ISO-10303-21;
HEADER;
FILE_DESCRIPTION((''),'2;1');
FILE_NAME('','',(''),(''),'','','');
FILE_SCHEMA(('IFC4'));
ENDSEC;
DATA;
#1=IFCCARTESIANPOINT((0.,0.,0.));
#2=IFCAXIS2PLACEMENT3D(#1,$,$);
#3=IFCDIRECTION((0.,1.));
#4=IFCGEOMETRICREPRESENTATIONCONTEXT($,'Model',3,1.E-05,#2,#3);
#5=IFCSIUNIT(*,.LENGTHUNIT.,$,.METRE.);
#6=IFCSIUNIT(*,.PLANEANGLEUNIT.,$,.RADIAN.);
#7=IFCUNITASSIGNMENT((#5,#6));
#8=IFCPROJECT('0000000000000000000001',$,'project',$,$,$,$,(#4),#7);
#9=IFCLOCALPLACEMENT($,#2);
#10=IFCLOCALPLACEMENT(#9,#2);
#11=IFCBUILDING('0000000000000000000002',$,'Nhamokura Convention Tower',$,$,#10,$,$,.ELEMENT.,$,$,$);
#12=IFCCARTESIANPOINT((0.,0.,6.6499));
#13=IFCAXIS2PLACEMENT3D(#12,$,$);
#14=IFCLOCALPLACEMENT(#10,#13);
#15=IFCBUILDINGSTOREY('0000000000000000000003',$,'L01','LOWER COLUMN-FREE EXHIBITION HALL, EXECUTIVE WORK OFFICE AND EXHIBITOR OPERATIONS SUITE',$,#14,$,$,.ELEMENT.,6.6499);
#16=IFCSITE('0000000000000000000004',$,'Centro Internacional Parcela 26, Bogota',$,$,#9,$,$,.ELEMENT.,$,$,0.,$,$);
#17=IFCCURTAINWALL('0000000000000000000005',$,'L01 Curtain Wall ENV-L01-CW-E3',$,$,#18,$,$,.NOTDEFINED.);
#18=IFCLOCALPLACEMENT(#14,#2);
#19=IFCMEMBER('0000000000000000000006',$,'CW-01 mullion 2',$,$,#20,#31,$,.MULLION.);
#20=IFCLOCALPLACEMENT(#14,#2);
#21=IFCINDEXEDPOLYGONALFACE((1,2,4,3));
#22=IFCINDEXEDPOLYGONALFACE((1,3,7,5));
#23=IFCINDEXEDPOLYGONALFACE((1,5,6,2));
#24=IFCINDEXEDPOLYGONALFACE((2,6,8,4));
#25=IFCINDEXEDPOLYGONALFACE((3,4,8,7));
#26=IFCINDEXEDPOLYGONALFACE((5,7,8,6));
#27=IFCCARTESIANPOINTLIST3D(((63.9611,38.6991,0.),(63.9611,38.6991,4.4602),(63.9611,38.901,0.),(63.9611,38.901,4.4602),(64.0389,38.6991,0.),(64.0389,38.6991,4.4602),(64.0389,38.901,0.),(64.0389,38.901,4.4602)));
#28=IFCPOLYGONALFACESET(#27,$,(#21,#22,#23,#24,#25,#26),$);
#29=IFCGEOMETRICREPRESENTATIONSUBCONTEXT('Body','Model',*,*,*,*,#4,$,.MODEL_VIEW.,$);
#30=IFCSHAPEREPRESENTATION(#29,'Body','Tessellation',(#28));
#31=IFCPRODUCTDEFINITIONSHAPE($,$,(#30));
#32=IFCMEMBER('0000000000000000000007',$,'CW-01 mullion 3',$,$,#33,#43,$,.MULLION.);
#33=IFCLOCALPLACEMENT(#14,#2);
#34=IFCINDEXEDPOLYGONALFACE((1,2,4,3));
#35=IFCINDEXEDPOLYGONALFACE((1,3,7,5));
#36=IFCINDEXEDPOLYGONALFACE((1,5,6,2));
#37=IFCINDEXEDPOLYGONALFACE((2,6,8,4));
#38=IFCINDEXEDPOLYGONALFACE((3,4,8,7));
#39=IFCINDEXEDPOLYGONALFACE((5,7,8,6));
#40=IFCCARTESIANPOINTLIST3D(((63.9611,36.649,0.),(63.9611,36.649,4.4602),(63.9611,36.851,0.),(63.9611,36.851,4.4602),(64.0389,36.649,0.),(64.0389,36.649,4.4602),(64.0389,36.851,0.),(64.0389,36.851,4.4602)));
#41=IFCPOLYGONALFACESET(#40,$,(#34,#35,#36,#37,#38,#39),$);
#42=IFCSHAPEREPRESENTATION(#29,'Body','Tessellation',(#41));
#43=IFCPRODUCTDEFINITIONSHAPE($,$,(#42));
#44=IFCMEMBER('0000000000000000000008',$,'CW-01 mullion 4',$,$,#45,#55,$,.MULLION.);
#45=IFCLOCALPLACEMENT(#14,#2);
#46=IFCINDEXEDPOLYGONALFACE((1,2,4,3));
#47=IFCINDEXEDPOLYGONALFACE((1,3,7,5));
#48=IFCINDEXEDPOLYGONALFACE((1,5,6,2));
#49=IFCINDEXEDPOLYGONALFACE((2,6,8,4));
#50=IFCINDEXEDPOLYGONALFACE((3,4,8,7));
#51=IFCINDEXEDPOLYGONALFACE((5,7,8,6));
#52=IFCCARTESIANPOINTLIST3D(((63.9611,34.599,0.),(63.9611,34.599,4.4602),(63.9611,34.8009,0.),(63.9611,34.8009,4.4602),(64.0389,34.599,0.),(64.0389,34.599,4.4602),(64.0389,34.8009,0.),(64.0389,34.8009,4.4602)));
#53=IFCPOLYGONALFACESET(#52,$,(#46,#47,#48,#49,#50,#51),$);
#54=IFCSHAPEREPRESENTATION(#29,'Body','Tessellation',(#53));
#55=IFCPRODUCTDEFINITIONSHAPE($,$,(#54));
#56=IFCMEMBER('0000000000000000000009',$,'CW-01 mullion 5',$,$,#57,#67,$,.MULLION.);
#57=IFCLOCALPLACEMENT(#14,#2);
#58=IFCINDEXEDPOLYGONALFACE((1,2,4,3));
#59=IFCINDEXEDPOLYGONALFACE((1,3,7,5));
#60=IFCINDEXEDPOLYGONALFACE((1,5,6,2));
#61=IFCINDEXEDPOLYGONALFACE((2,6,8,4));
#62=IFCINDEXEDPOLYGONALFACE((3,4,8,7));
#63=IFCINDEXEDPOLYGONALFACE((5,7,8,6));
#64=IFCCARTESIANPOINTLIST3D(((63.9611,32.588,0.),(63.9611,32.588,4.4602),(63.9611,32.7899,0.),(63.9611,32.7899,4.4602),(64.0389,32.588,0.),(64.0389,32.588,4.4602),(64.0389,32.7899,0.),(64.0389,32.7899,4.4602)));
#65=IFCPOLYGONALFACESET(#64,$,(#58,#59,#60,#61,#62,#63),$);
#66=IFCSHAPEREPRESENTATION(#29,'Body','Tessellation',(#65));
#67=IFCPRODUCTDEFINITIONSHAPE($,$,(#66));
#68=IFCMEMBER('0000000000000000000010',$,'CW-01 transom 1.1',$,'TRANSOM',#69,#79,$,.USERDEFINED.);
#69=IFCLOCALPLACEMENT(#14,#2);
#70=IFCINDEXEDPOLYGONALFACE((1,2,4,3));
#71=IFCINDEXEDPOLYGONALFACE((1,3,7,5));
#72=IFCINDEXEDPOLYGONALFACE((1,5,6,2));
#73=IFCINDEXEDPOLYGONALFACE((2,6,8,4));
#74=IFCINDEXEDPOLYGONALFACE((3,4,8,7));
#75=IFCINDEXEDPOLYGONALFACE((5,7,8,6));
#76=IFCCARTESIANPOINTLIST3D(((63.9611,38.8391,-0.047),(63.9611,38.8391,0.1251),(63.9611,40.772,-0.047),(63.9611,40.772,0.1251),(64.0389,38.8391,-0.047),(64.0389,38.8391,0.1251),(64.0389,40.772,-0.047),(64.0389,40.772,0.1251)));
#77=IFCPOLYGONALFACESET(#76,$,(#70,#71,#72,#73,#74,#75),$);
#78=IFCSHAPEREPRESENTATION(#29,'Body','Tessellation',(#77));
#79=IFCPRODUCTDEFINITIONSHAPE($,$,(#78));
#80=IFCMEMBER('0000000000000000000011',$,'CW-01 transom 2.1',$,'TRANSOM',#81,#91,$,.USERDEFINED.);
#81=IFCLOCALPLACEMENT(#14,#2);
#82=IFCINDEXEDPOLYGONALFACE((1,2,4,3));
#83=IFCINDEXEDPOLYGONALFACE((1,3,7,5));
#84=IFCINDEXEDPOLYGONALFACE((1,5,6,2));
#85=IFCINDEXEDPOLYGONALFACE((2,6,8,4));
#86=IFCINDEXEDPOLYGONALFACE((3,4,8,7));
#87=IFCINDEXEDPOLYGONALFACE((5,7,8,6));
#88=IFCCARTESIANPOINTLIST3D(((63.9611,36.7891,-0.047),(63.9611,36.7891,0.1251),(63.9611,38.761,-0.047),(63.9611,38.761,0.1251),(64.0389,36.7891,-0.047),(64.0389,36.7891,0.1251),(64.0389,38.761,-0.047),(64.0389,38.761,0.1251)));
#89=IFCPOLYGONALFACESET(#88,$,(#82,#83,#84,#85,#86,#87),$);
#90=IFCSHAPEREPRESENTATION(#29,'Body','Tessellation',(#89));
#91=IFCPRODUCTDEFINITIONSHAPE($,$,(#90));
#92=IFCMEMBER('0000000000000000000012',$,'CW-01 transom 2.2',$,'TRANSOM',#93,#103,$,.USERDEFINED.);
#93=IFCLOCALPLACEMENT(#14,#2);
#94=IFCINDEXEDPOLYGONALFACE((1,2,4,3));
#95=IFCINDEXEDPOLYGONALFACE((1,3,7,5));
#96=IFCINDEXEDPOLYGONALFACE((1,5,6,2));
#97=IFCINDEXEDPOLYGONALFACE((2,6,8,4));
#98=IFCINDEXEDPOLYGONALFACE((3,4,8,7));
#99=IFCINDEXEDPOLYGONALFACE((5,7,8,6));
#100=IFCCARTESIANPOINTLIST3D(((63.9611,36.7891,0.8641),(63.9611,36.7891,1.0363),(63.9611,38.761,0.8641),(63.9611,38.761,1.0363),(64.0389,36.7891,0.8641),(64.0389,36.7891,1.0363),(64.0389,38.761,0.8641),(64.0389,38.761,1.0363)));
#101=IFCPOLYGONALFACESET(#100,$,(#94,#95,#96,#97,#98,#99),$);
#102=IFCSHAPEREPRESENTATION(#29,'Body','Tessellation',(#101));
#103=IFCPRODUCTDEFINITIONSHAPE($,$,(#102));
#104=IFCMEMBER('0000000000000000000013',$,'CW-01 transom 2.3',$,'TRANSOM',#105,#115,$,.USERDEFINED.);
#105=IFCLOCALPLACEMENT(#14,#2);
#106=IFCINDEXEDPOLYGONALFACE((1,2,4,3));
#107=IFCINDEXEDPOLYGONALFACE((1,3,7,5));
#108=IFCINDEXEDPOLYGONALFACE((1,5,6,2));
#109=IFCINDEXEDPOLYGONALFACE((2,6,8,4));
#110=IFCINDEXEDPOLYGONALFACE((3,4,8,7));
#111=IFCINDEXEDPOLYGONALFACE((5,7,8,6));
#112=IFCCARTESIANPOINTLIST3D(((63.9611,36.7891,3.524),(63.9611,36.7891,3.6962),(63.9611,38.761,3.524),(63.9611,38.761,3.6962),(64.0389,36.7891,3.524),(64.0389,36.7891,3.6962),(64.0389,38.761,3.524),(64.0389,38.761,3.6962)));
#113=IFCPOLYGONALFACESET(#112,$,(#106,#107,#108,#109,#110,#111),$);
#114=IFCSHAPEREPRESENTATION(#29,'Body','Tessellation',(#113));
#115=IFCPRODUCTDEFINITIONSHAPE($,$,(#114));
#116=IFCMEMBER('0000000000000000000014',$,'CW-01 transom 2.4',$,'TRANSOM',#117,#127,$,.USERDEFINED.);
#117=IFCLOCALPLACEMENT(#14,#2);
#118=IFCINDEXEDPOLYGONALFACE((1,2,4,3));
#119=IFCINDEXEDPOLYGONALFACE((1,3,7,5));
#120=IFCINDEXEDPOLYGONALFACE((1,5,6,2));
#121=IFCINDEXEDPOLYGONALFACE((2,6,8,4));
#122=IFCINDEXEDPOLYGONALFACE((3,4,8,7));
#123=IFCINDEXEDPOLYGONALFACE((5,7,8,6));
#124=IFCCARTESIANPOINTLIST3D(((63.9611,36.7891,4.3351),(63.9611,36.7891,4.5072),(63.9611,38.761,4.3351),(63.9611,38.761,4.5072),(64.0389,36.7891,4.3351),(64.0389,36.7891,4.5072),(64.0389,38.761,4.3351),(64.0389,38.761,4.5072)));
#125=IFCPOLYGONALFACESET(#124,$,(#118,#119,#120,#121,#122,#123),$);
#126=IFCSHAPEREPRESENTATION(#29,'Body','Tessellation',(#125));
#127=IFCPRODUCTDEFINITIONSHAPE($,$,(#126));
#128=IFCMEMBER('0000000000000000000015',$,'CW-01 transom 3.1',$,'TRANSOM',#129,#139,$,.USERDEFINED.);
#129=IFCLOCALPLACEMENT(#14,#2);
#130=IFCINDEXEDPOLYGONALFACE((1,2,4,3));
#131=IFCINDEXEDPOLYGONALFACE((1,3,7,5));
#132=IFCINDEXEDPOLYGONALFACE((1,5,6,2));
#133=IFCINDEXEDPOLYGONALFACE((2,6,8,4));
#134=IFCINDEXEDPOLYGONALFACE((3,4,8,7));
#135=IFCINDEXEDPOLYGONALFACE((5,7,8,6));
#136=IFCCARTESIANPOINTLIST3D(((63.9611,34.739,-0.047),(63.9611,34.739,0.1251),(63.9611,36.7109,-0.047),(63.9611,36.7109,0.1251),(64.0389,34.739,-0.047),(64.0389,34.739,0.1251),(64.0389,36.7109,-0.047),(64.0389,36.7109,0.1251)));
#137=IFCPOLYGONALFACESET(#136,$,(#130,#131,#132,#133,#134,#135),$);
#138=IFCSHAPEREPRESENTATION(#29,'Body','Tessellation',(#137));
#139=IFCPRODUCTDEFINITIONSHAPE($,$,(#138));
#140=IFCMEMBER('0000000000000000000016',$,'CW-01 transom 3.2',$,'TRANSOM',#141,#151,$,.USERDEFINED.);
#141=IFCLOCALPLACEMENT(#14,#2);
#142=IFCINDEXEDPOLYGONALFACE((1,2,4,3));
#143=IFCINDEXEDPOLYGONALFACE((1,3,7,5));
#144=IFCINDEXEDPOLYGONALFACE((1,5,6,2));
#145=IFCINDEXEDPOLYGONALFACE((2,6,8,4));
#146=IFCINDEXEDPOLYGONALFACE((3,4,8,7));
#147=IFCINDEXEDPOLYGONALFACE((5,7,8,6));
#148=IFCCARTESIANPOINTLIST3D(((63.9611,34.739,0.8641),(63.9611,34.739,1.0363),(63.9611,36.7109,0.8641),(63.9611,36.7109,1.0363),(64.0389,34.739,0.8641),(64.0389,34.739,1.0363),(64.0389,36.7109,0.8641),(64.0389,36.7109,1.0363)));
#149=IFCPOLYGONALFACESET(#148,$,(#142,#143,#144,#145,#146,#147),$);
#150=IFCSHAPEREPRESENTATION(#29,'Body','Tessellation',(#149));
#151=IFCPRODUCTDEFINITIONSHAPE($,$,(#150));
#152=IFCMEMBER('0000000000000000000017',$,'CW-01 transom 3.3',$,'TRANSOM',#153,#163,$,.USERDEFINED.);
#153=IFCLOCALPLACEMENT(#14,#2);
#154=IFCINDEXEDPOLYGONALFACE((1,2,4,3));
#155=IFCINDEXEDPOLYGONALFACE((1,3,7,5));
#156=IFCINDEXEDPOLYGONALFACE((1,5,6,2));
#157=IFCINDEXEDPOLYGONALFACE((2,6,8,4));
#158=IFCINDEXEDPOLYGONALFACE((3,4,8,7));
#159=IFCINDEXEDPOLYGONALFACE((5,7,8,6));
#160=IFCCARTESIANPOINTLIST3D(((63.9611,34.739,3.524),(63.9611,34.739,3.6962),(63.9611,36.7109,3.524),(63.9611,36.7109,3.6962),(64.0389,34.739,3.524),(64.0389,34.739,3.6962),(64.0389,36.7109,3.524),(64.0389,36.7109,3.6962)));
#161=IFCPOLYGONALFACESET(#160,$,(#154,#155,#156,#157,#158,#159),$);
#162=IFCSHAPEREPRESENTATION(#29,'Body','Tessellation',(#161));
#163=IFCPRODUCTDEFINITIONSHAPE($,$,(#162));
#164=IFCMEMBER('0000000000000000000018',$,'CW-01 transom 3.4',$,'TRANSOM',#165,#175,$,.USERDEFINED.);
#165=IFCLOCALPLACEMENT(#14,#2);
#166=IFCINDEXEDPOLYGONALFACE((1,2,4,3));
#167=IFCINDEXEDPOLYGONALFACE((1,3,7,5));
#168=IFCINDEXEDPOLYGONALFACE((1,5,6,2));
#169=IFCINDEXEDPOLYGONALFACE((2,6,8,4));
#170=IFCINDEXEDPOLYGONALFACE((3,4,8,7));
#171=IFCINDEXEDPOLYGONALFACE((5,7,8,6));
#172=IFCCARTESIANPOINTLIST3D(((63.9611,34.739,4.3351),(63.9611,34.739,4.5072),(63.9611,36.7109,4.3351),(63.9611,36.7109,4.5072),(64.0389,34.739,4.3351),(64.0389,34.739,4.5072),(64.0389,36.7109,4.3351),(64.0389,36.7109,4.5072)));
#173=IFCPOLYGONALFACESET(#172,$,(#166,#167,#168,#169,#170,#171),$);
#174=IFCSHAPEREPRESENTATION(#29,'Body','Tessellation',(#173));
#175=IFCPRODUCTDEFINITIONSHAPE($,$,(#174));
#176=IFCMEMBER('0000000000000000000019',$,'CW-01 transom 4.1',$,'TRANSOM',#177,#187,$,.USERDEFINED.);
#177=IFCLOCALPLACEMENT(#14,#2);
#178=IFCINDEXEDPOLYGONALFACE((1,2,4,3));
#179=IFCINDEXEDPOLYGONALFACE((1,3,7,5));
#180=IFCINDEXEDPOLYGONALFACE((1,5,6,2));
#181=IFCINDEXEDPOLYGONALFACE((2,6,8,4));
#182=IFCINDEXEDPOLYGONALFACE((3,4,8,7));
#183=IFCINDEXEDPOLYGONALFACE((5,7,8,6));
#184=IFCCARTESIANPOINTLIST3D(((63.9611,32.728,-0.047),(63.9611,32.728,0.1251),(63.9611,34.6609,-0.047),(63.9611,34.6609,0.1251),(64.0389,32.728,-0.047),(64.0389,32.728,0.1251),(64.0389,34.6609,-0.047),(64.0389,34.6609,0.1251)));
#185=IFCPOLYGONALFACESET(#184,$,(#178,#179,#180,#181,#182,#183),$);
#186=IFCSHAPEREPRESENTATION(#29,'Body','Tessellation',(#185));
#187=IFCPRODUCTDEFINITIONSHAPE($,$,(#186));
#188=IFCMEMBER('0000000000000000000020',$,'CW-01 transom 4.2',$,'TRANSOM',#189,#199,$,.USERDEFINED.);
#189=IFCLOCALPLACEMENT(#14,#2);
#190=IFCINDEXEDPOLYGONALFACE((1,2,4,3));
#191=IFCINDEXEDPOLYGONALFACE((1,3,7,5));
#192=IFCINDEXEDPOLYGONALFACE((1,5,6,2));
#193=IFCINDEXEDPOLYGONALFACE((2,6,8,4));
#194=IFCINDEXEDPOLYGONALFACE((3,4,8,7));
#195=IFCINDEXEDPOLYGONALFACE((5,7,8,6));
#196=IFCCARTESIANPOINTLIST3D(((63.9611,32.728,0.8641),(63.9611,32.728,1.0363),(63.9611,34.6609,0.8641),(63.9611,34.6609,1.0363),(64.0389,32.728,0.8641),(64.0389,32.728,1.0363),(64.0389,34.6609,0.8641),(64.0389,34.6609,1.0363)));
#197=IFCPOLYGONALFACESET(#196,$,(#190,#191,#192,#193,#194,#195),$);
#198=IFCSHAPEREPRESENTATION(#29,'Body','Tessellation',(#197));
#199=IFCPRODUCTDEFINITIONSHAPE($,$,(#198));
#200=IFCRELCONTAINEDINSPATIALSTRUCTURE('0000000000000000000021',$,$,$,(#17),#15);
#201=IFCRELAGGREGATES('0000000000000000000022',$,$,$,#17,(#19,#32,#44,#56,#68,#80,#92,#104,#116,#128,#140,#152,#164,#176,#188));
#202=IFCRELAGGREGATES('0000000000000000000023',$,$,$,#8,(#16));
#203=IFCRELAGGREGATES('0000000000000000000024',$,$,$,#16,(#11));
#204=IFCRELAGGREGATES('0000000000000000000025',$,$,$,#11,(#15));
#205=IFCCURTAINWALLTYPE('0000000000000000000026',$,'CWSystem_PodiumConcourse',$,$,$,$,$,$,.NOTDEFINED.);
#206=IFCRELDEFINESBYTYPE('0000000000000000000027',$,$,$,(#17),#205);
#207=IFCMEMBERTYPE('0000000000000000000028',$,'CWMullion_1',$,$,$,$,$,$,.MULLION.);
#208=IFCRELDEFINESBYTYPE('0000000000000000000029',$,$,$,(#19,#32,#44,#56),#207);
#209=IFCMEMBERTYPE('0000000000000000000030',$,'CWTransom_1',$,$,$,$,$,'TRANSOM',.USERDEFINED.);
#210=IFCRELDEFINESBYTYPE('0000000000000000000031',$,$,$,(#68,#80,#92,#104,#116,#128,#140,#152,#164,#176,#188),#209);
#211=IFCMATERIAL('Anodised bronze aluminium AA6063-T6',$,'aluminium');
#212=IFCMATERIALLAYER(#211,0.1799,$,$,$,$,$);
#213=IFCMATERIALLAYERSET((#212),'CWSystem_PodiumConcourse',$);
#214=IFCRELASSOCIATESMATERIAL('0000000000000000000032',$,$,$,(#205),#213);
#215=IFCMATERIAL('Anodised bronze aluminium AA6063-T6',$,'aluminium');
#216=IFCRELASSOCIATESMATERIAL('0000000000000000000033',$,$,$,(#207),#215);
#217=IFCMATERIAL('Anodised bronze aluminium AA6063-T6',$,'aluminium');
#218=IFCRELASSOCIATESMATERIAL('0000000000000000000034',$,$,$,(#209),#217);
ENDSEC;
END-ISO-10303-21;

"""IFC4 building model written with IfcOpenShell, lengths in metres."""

from ifc_helpers import new_model, si_unit, direction, frame, origin, origin_2d, place, context, subcontext, project, spatial, rectangle, extrude, material, layer, layer_set, material_profile, profile_set, type_object, element, aggregate, save


model = new_model("IFC4")

# Units and contexts
model_context = context("Model", 3, precision=1e-05, world=origin(), true_north=direction((0.0, 1.0)))
body_context = subcontext(model_context, "Body", "Model", "MODEL_VIEW")
ifc_project = project(units=[si_unit("LENGTHUNIT", "METRE"), si_unit("PLANEANGLEUNIT", "RADIAN")], contexts=[model_context])

# Site, building, storey
site_placement = place(None, origin())
site = spatial("IfcSite", under=ifc_project, at=site_placement, Name="Centro Internacional Parcela 26, Bogota", CompositionType="ELEMENT", RefElevation=0.0)
building_placement = place(site_placement, origin())
building = spatial("IfcBuilding", under=site, at=building_placement, Name="Nhamokura Convention Tower", CompositionType="ELEMENT")
storey_placement = place(building_placement, frame((0.0, 0.0, 6.6499)))
storey = spatial("IfcBuildingStorey", under=building, at=storey_placement, Name="L01", Description="LOWER COLUMN-FREE EXHIBITION HALL, EXECUTIVE WORK OFFICE AND EXHIBITOR OPERATIONS SUITE", CompositionType="ELEMENT", Elevation=6.6499)

# Curtain wall, members
ifc_material_1 = material(Name="Anodised bronze aluminium AA6063-T6", Category="aluminium")
ifc_layer_1 = layer(ifc_material_1, 0.1799)
ifc_layer_set_1 = layer_set([ifc_layer_1], Name="CWSystem_PodiumConcourse")
curtain_wall_type = type_object("IfcCurtainWallType", Name="CWSystem_PodiumConcourse", PredefinedType="NOTDEFINED", material=ifc_layer_set_1)
curtain_wall_placement = place(storey_placement, origin())
curtain_wall = element("IfcCurtainWall", 1, at=curtain_wall_placement, inside=storey, type_object=curtain_wall_type, Name="L01 Curtain Wall ENV-L01-CW-E3", PredefinedType="NOTDEFINED")
ifc_material_2 = material(Name="Anodised bronze aluminium AA6063-T6", Category="aluminium")
ifc_material_profile_1 = material_profile(ifc_material_2, rectangle(XDim=0.0779, YDim=0.2019, at=origin_2d()))
ifc_profile_set_1 = profile_set([ifc_material_profile_1], Name="Anodised bronze aluminium AA6063-T6")
member_type_1 = type_object("IfcMemberType", Name="CWMullion_1", PredefinedType="MULLION", material=ifc_profile_set_1)
member_1_placement = place(storey_placement, frame((64.0, 38.8, 0.0), z_axis=(0.0, 0.0, 1.0), x_axis=(1.0, 0.0, 0.0)))
member_1 = element("IfcMember", 2, at=member_1_placement, type_object=member_type_1, Name="CW-01 mullion 2", PredefinedType="MULLION", context=body_context, shape_type="SweptSolid", body=[
    extrude(rectangle(XDim=0.0779, YDim=0.2019, at=origin_2d()), origin(), (0.0, 0.0, 1.0), 4.4602),
])
member_2_placement = place(storey_placement, frame((64.0, 36.75, 0.0), z_axis=(0.0, 0.0, 1.0), x_axis=(1.0, 0.0, 0.0)))
member_2 = element("IfcMember", 3, at=member_2_placement, type_object=member_type_1, Name="CW-01 mullion 3", PredefinedType="MULLION", context=body_context, shape_type="SweptSolid", body=[
    extrude(rectangle(XDim=0.0779, YDim=0.2019, at=origin_2d()), origin(), (0.0, 0.0, 1.0), 4.4602),
])
member_3_placement = place(storey_placement, frame((64.0, 34.7, 0.0), z_axis=(0.0, 0.0, 1.0), x_axis=(1.0, 0.0, 0.0)))
member_3 = element("IfcMember", 4, at=member_3_placement, type_object=member_type_1, Name="CW-01 mullion 4", PredefinedType="MULLION", context=body_context, shape_type="SweptSolid", body=[
    extrude(rectangle(XDim=0.0779, YDim=0.2019, at=origin_2d()), origin(), (0.0, 0.0, 1.0), 4.4602),
])
member_4_placement = place(storey_placement, frame((64.0, 32.689, 0.0), z_axis=(0.0, 0.0, 1.0), x_axis=(1.0, 0.0, 0.0)))
member_4 = element("IfcMember", 5, at=member_4_placement, type_object=member_type_1, Name="CW-01 mullion 5", PredefinedType="MULLION", context=body_context, shape_type="SweptSolid", body=[
    extrude(rectangle(XDim=0.0779, YDim=0.2019, at=origin_2d()), origin(), (0.0, 0.0, 1.0), 4.4602),
])
ifc_material_3 = material(Name="Anodised bronze aluminium AA6063-T6", Category="aluminium")
ifc_material_profile_2 = material_profile(ifc_material_3, rectangle(XDim=0.0779, YDim=0.1721, at=origin_2d()))
ifc_profile_set_2 = profile_set([ifc_material_profile_2], Name="Anodised bronze aluminium AA6063-T6")
member_type_2 = type_object("IfcMemberType", Name="CWTransom_1", ElementType="TRANSOM", PredefinedType="USERDEFINED", material=ifc_profile_set_2)
member_5_placement = place(storey_placement, frame((64.0, 40.772, 0.0391), z_axis=(0.0, -1.0, 0.0), x_axis=(1.0, 0.0, 0.0)))
member_5 = element("IfcMember", 6, at=member_5_placement, type_object=member_type_2, Name="CW-01 transom 1.1", ObjectType="TRANSOM", PredefinedType="USERDEFINED", context=body_context, shape_type="SweptSolid", body=[
    extrude(rectangle(XDim=0.0779, YDim=0.1721, at=origin_2d()), origin(), (0.0, 0.0, 1.0), 1.9329),
])
member_6_placement = place(storey_placement, frame((64.0, 38.761, 0.0391), z_axis=(0.0, -1.0, 0.0), x_axis=(1.0, 0.0, 0.0)))
member_6 = element("IfcMember", 7, at=member_6_placement, type_object=member_type_2, Name="CW-01 transom 2.1", ObjectType="TRANSOM", PredefinedType="USERDEFINED", context=body_context, shape_type="SweptSolid", body=[
    extrude(rectangle(XDim=0.0779, YDim=0.1721, at=origin_2d()), origin(), (0.0, 0.0, 1.0), 1.9719),
])
member_7_placement = place(storey_placement, frame((64.0, 38.761, 0.9502), z_axis=(0.0, -1.0, 0.0), x_axis=(1.0, 0.0, 0.0)))
member_7 = element("IfcMember", 8, at=member_7_placement, type_object=member_type_2, Name="CW-01 transom 2.2", ObjectType="TRANSOM", PredefinedType="USERDEFINED", context=body_context, shape_type="SweptSolid", body=[
    extrude(rectangle(XDim=0.0779, YDim=0.1721, at=origin_2d()), origin(), (0.0, 0.0, 1.0), 1.9719),
])
member_8_placement = place(storey_placement, frame((64.0, 38.761, 3.6101), z_axis=(0.0, -1.0, 0.0), x_axis=(1.0, 0.0, 0.0)))
member_8 = element("IfcMember", 9, at=member_8_placement, type_object=member_type_2, Name="CW-01 transom 2.3", ObjectType="TRANSOM", PredefinedType="USERDEFINED", context=body_context, shape_type="SweptSolid", body=[
    extrude(rectangle(XDim=0.0779, YDim=0.1721, at=origin_2d()), origin(), (0.0, 0.0, 1.0), 1.9719),
])
member_9_placement = place(storey_placement, frame((64.0, 38.761, 4.4211), z_axis=(0.0, -1.0, 0.0), x_axis=(1.0, 0.0, 0.0)))
member_9 = element("IfcMember", 10, at=member_9_placement, type_object=member_type_2, Name="CW-01 transom 2.4", ObjectType="TRANSOM", PredefinedType="USERDEFINED", context=body_context, shape_type="SweptSolid", body=[
    extrude(rectangle(XDim=0.0779, YDim=0.1721, at=origin_2d()), origin(), (0.0, 0.0, 1.0), 1.9719),
])
member_10_placement = place(storey_placement, frame((64.0, 36.7109, 0.0391), z_axis=(0.0, -1.0, 0.0), x_axis=(1.0, 0.0, 0.0)))
member_10 = element("IfcMember", 11, at=member_10_placement, type_object=member_type_2, Name="CW-01 transom 3.1", ObjectType="TRANSOM", PredefinedType="USERDEFINED", context=body_context, shape_type="SweptSolid", body=[
    extrude(rectangle(XDim=0.0779, YDim=0.1721, at=origin_2d()), origin(), (0.0, 0.0, 1.0), 1.9719),
])
member_11_placement = place(storey_placement, frame((64.0, 36.7109, 0.9502), z_axis=(0.0, -1.0, 0.0), x_axis=(1.0, 0.0, 0.0)))
member_11 = element("IfcMember", 12, at=member_11_placement, type_object=member_type_2, Name="CW-01 transom 3.2", ObjectType="TRANSOM", PredefinedType="USERDEFINED", context=body_context, shape_type="SweptSolid", body=[
    extrude(rectangle(XDim=0.0779, YDim=0.1721, at=origin_2d()), origin(), (0.0, 0.0, 1.0), 1.9719),
])
member_12_placement = place(storey_placement, frame((64.0, 36.7109, 3.6101), z_axis=(0.0, -1.0, 0.0), x_axis=(1.0, 0.0, 0.0)))
member_12 = element("IfcMember", 13, at=member_12_placement, type_object=member_type_2, Name="CW-01 transom 3.3", ObjectType="TRANSOM", PredefinedType="USERDEFINED", context=body_context, shape_type="SweptSolid", body=[
    extrude(rectangle(XDim=0.0779, YDim=0.1721, at=origin_2d()), origin(), (0.0, 0.0, 1.0), 1.9719),
])
member_13_placement = place(storey_placement, frame((64.0, 36.7109, 4.4211), z_axis=(0.0, -1.0, 0.0), x_axis=(1.0, 0.0, 0.0)))
member_13 = element("IfcMember", 14, at=member_13_placement, type_object=member_type_2, Name="CW-01 transom 3.4", ObjectType="TRANSOM", PredefinedType="USERDEFINED", context=body_context, shape_type="SweptSolid", body=[
    extrude(rectangle(XDim=0.0779, YDim=0.1721, at=origin_2d()), origin(), (0.0, 0.0, 1.0), 1.9719),
])
member_14_placement = place(storey_placement, frame((64.0, 34.6609, 0.0391), z_axis=(0.0, -1.0, 0.0), x_axis=(1.0, 0.0, 0.0)))
member_14 = element("IfcMember", 15, at=member_14_placement, type_object=member_type_2, Name="CW-01 transom 4.1", ObjectType="TRANSOM", PredefinedType="USERDEFINED", context=body_context, shape_type="SweptSolid", body=[
    extrude(rectangle(XDim=0.0779, YDim=0.1721, at=origin_2d()), origin(), (0.0, 0.0, 1.0), 1.9329),
])
member_15_placement = place(storey_placement, frame((64.0, 34.6609, 0.9502), z_axis=(0.0, -1.0, 0.0), x_axis=(1.0, 0.0, 0.0)))
member_15 = element("IfcMember", 16, at=member_15_placement, type_object=member_type_2, Name="CW-01 transom 4.2", ObjectType="TRANSOM", PredefinedType="USERDEFINED", context=body_context, shape_type="SweptSolid", body=[
    extrude(rectangle(XDim=0.0779, YDim=0.1721, at=origin_2d()), origin(), (0.0, 0.0, 1.0), 1.9329),
])

aggregate(curtain_wall, [member_1, member_2, member_3, member_4, member_5, member_6, member_7, member_8, member_9, member_10, member_11, member_12, member_13, member_14, member_15])

save(model, "model.ifc")
